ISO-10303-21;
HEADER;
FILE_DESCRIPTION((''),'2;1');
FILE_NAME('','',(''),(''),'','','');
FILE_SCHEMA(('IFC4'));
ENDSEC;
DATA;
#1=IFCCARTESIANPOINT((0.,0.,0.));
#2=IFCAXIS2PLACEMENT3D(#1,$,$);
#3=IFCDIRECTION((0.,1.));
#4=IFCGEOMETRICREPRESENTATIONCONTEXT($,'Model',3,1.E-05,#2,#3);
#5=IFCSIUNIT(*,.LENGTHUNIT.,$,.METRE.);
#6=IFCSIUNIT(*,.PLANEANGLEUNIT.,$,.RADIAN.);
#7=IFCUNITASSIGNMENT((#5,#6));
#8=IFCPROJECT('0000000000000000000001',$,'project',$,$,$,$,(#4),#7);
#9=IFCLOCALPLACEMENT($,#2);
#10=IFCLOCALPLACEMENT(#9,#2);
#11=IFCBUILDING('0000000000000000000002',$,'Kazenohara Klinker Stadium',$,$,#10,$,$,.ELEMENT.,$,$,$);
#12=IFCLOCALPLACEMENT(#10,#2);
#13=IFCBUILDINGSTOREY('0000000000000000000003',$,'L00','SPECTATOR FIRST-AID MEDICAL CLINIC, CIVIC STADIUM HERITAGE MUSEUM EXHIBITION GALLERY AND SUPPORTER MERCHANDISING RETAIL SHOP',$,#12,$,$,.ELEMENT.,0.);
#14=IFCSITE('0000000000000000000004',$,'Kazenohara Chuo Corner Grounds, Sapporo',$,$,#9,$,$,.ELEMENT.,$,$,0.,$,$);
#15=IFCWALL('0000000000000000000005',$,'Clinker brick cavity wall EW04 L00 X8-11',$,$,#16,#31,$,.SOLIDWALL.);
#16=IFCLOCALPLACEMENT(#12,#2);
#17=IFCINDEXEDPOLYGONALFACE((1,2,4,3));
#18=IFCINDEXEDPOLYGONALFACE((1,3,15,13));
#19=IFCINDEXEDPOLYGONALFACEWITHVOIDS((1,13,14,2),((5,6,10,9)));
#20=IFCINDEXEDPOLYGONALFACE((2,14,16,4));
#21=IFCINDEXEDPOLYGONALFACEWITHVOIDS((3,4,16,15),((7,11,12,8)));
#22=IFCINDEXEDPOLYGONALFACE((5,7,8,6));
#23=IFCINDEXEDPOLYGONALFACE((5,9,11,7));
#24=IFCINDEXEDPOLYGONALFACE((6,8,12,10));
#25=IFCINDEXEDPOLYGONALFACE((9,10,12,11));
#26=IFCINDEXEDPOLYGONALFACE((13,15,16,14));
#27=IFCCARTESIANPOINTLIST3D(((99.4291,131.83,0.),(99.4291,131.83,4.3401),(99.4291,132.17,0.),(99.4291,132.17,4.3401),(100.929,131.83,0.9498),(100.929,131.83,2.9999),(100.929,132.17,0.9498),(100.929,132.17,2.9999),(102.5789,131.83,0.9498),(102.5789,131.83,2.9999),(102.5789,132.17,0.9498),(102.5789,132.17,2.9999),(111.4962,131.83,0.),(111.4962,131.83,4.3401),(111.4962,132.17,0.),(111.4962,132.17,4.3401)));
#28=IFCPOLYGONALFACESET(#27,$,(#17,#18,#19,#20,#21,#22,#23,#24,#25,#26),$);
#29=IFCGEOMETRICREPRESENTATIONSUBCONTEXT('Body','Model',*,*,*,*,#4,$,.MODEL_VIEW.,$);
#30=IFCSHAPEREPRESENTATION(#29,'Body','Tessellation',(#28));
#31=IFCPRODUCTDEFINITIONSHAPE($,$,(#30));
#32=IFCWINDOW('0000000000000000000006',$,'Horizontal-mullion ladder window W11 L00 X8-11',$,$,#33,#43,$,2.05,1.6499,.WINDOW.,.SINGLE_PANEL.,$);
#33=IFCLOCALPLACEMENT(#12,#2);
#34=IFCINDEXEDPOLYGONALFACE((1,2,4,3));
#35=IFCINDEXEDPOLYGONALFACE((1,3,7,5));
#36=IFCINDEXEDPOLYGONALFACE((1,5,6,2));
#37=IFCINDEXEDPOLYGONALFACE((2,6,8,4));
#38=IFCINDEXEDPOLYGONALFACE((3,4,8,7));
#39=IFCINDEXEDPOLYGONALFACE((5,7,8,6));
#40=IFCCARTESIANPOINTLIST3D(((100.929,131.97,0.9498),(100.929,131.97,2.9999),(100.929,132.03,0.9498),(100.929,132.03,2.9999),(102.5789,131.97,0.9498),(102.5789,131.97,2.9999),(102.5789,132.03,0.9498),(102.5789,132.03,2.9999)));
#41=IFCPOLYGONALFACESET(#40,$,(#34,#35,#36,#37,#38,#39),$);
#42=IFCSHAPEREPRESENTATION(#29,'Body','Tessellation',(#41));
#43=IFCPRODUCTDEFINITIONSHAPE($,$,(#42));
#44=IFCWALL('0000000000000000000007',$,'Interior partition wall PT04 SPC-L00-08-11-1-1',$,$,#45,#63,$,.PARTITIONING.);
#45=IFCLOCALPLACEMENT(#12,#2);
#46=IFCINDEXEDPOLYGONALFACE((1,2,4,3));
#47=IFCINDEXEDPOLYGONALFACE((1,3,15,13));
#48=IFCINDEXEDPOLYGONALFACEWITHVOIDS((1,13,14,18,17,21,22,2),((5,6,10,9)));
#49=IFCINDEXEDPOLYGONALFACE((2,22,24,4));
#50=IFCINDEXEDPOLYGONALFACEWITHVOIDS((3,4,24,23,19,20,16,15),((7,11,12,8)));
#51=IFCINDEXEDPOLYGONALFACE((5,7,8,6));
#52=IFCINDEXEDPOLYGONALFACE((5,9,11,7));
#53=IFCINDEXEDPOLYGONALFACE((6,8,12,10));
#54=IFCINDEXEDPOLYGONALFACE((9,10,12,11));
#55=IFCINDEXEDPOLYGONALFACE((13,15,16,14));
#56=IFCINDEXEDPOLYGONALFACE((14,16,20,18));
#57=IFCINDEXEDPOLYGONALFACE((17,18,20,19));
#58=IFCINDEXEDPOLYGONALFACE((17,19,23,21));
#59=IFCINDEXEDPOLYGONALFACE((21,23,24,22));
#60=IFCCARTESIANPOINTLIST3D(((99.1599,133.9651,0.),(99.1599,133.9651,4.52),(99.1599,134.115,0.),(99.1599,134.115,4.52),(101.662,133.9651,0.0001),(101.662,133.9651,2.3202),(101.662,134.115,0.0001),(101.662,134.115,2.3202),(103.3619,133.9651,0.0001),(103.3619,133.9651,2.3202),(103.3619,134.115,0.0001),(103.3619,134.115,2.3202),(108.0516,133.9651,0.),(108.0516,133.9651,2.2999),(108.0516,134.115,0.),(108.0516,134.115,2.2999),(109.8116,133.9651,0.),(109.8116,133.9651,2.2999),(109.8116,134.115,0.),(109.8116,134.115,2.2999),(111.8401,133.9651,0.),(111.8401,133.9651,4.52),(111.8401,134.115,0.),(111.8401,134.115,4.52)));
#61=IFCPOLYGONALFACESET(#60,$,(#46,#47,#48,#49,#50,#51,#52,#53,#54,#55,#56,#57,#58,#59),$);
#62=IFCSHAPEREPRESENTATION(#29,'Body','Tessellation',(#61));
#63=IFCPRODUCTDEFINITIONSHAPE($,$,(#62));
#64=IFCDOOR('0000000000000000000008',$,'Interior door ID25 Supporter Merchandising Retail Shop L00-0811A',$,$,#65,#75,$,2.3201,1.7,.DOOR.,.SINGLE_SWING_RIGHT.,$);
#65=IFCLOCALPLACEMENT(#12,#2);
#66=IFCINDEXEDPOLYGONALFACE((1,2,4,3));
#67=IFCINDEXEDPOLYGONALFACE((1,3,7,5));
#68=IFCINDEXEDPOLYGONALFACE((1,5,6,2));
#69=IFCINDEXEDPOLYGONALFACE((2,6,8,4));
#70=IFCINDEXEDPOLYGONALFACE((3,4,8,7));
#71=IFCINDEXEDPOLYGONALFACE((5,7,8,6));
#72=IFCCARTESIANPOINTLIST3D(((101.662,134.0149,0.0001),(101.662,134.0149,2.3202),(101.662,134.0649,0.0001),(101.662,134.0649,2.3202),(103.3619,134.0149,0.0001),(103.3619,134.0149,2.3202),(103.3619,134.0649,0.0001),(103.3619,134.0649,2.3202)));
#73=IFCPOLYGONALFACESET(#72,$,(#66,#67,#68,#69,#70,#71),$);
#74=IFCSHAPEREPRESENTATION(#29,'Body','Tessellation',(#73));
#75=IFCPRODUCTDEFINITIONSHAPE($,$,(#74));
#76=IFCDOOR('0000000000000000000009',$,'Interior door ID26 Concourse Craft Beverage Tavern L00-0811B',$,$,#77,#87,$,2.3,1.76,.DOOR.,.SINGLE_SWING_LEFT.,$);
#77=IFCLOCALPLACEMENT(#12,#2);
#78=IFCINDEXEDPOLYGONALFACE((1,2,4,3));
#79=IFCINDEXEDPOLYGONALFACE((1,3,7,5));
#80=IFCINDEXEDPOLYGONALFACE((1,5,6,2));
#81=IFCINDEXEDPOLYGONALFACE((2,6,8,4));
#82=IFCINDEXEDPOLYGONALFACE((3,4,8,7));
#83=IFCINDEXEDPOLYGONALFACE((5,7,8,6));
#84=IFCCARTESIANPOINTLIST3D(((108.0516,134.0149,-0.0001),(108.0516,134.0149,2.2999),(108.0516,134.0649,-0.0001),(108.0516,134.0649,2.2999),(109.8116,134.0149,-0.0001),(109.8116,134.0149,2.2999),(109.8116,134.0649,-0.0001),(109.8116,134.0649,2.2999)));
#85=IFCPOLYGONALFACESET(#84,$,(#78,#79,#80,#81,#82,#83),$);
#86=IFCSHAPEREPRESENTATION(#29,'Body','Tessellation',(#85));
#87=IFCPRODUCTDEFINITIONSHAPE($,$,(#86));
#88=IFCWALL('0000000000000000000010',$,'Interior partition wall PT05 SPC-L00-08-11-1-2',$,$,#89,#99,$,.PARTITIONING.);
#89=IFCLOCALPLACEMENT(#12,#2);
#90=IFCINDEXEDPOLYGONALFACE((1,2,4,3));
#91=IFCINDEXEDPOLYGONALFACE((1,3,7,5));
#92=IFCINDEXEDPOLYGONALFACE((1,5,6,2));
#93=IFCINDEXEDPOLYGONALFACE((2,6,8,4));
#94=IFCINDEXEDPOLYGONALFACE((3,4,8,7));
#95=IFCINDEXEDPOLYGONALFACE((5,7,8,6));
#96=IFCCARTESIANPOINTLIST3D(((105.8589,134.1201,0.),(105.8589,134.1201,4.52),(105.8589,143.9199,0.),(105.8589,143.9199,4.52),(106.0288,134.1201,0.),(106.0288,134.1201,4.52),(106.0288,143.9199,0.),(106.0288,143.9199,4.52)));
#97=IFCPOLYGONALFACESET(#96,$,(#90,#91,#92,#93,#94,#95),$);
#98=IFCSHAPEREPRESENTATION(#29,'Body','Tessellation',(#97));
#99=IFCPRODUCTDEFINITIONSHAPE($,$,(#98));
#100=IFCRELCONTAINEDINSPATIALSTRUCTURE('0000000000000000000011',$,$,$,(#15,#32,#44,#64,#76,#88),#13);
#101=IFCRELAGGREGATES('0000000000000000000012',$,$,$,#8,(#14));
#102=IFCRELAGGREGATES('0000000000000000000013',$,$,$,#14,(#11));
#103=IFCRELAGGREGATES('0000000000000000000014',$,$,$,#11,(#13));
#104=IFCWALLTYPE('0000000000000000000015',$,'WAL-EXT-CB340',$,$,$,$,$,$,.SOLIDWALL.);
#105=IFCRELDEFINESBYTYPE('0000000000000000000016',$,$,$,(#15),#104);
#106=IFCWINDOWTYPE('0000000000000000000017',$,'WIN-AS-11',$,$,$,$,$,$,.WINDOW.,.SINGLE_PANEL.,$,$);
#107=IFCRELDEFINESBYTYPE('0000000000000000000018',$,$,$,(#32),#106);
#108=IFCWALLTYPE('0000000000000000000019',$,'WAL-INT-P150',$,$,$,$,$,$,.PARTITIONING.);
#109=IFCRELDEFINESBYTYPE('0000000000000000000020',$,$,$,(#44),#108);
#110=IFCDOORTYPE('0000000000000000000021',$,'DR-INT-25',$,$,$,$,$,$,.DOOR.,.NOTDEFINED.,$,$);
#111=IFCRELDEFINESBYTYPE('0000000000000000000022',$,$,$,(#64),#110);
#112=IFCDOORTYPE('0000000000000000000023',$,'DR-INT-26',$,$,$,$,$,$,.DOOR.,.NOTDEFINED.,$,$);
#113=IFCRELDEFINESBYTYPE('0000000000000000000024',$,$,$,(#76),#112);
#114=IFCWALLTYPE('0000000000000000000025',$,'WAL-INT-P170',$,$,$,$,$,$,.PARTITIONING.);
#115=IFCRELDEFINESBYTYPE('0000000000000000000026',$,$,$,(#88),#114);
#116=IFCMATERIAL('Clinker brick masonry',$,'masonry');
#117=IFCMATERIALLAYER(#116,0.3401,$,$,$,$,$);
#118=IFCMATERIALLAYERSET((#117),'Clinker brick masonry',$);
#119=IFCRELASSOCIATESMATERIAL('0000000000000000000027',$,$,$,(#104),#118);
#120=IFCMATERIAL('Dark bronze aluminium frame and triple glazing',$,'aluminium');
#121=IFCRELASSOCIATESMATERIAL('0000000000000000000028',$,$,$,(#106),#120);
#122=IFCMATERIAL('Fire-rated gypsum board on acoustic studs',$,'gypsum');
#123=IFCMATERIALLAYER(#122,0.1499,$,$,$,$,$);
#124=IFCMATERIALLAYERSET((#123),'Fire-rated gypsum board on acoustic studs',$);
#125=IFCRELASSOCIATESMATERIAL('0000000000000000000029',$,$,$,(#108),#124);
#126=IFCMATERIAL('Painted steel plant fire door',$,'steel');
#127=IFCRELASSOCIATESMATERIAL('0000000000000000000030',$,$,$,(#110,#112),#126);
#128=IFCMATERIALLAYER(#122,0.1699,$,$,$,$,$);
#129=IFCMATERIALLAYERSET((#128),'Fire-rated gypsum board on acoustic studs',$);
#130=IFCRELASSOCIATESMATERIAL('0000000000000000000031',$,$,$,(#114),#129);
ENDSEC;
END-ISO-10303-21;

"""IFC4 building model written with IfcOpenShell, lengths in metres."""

from ifc_helpers import new_model, si_unit, direction, frame, frame_2d, origin, place, context, subcontext, project, spatial, rectangle, extrude, material, layer, layer_set, type_object, element, fill, save


model = new_model("IFC4")

# Units and contexts
model_context = context("Model", 3, precision=1e-05, world=origin(), true_north=direction((0.0, 1.0)))
body_context = subcontext(model_context, "Body", "Model", "MODEL_VIEW")
ifc_project = project(units=[si_unit("LENGTHUNIT", "METRE"), si_unit("PLANEANGLEUNIT", "RADIAN")], contexts=[model_context])

# Site, building, storey
site_placement = place(None, origin())
site = spatial("IfcSite", under=ifc_project, at=site_placement, Name="Kazenohara Chuo Corner Grounds, Sapporo", CompositionType="ELEMENT", RefElevation=0.0)
building_placement = place(site_placement, origin())
building = spatial("IfcBuilding", under=site, at=building_placement, Name="Kazenohara Klinker Stadium", CompositionType="ELEMENT")
storey_placement = place(building_placement, origin())
storey = spatial("IfcBuildingStorey", under=building, at=storey_placement, Name="L00", Description="SPECTATOR FIRST-AID MEDICAL CLINIC, CIVIC STADIUM HERITAGE MUSEUM EXHIBITION GALLERY AND SUPPORTER MERCHANDISING RETAIL SHOP", CompositionType="ELEMENT", Elevation=0.0)

# Wall, opening, window
ifc_material_1 = material(Name="Clinker brick masonry", Category="masonry")
ifc_layer_1 = layer(ifc_material_1, 0.3401)
ifc_layer_set_1 = layer_set([ifc_layer_1], Name="Clinker brick masonry")
wall_type_1 = type_object("IfcWallType", Name="WAL-EXT-CB340", PredefinedType="SOLIDWALL", material=ifc_layer_set_1)
wall_1_placement = place(storey_placement, frame((99.429, 132.0, 0.0), z_axis=(0.0, 0.0, 1.0), x_axis=(1.0, 0.0, 0.0)))
wall_1 = element("IfcWall", 1, at=wall_1_placement, inside=storey, type_object=wall_type_1, Name="Clinker brick cavity wall EW04 L00 X8-11", PredefinedType="SOLIDWALL", context=body_context, shape_type="SweptSolid", body=[
    extrude(rectangle(XDim=12.0671, YDim=0.3401, at=frame_2d((6.0337, 0.0))), origin(), (0.0, 0.0, 1.0), 4.3401),
])
opening_1_placement = place(wall_1_placement, frame((1.5, 0.0, 0.95)))
opening_1 = element("IfcOpeningElement", 2, at=opening_1_placement, cuts=wall_1, PredefinedType="OPENING", context=body_context, shape_type="SweptSolid", body=[
    extrude(rectangle(XDim=1.6499, YDim=2.05, at=frame_2d((0.825, 1.0249))), frame((0.0, 0.1802, 0.0), z_axis=(0.0, -1.0, 0.0), x_axis=(1.0, 0.0, 0.0)), (0.0, 0.0, 1.0), 0.3601),
])
ifc_material_2 = material(Name="Dark bronze aluminium frame and triple glazing", Category="aluminium")
window_type = type_object("IfcWindowType", Name="WIN-AS-11", PartitioningType="SINGLE_PANEL", PredefinedType="WINDOW", material=ifc_material_2)
window_placement = place(opening_1_placement, origin())
window = element("IfcWindow", 3, at=window_placement, inside=storey, type_object=window_type, Name="Horizontal-mullion ladder window W11 L00 X8-11", OverallHeight=2.05, OverallWidth=1.6499, PartitioningType="SINGLE_PANEL", PredefinedType="WINDOW", context=body_context, shape_type="SweptSolid", body=[
    extrude(rectangle(XDim=1.6499, YDim=2.05, at=frame_2d((0.825, 1.0249))), frame((0.0, 0.03, 0.0), z_axis=(0.0, -1.0, 0.0), x_axis=(1.0, 0.0, 0.0)), (0.0, 0.0, 1.0), 0.0601),
])
fill(opening_1, window)

# Wall, openings, doors
ifc_material_3 = material(Name="Fire-rated gypsum board on acoustic studs", Category="gypsum")
ifc_layer_2 = layer(ifc_material_3, 0.1499)
ifc_layer_set_2 = layer_set([ifc_layer_2], Name="Fire-rated gypsum board on acoustic studs")
wall_type_2 = type_object("IfcWallType", Name="WAL-INT-P150", PredefinedType="PARTITIONING", material=ifc_layer_set_2)
wall_2_placement = place(storey_placement, frame((99.1599, 134.04, 0.0), z_axis=(0.0, 0.0, 1.0), x_axis=(1.0, 0.0, 0.0)))
wall_2 = element("IfcWall", 4, at=wall_2_placement, inside=storey, type_object=wall_type_2, Name="Interior partition wall PT04 SPC-L00-08-11-1-1", PredefinedType="PARTITIONING", context=body_context, shape_type="SweptSolid", body=[
    extrude(rectangle(XDim=12.6802, YDim=0.1499, at=frame_2d((6.3401, 0.0))), origin(), (0.0, 0.0, 1.0), 4.52),
])
opening_2_placement = place(wall_2_placement, frame((2.502, 0.0, 0.0)))
opening_2 = element("IfcOpeningElement", 5, at=opening_2_placement, cuts=wall_2, PredefinedType="OPENING", context=body_context, shape_type="SweptSolid", body=[
    extrude(rectangle(XDim=1.7, YDim=2.3201, at=frame_2d((0.8501, 1.1602))), frame((0.0, 0.085, 0.0), z_axis=(0.0, -1.0, 0.0), x_axis=(1.0, 0.0, 0.0)), (0.0, 0.0, 1.0), 0.1699),
])
opening_3_placement = place(wall_2_placement, frame((8.8918, 0.0, 0.0)))
opening_3 = element("IfcOpeningElement", 6, at=opening_3_placement, cuts=wall_2, PredefinedType="OPENING", context=body_context, shape_type="SweptSolid", body=[
    extrude(rectangle(XDim=1.76, YDim=2.3, at=frame_2d((0.8799, 1.1499))), frame((0.0, 0.085, 0.0), z_axis=(0.0, -1.0, 0.0), x_axis=(1.0, 0.0, 0.0)), (0.0, 0.0, 1.0), 0.1699),
])
ifc_material_4 = material(Name="Painted steel plant fire door", Category="steel")
door_type_1 = type_object("IfcDoorType", Name="DR-INT-25", OperationType="NOTDEFINED", PredefinedType="DOOR", material=ifc_material_4)
door_1_placement = place(opening_2_placement, origin())
door_1 = element("IfcDoor", 7, at=door_1_placement, inside=storey, type_object=door_type_1, Name="Interior door ID25 Supporter Merchandising Retail Shop L00-0811A", OperationType="SINGLE_SWING_RIGHT", OverallHeight=2.3201, OverallWidth=1.7, PredefinedType="DOOR", context=body_context, shape_type="SweptSolid", body=[
    extrude(rectangle(XDim=1.7, YDim=2.3201, at=frame_2d((0.8501, 1.1602))), frame((0.0, 0.0249, 0.0), z_axis=(0.0, -1.0, 0.0), x_axis=(1.0, 0.0, 0.0)), (0.0, 0.0, 1.0), 0.05),
])
fill(opening_2, door_1)
door_type_2 = type_object("IfcDoorType", Name="DR-INT-26", OperationType="NOTDEFINED", PredefinedType="DOOR", material=ifc_material_4)
door_2_placement = place(opening_3_placement, origin())
door_2 = element("IfcDoor", 8, at=door_2_placement, inside=storey, type_object=door_type_2, Name="Interior door ID26 Concourse Craft Beverage Tavern L00-0811B", OperationType="SINGLE_SWING_LEFT", OverallHeight=2.3, OverallWidth=1.76, PredefinedType="DOOR", context=body_context, shape_type="SweptSolid", body=[
    extrude(rectangle(XDim=1.76, YDim=2.3, at=frame_2d((0.8799, 1.1499))), frame((0.0, 0.0249, 0.0), z_axis=(0.0, -1.0, 0.0), x_axis=(1.0, 0.0, 0.0)), (0.0, 0.0, 1.0), 0.05),
])
fill(opening_3, door_2)

# Wall
ifc_layer_3 = layer(ifc_material_3, 0.1699)
ifc_layer_set_3 = layer_set([ifc_layer_3], Name="Fire-rated gypsum board on acoustic studs")
wall_type_3 = type_object("IfcWallType", Name="WAL-INT-P170", PredefinedType="PARTITIONING", material=ifc_layer_set_3)
wall_3_placement = place(storey_placement, frame((105.9438, 134.1201, 0.0), z_axis=(0.0, 0.0, 1.0), x_axis=(0.0, 1.0, 0.0)))
element("IfcWall", 9, at=wall_3_placement, inside=storey, type_object=wall_type_3, Name="Interior partition wall PT05 SPC-L00-08-11-1-2", PredefinedType="PARTITIONING", context=body_context, shape_type="SweptSolid", body=[
    extrude(rectangle(XDim=9.7998, YDim=0.1699, at=frame_2d((4.8999, 0.0))), origin(), (0.0, 0.0, 1.0), 4.52),
])

save(model, "model.ifc")
